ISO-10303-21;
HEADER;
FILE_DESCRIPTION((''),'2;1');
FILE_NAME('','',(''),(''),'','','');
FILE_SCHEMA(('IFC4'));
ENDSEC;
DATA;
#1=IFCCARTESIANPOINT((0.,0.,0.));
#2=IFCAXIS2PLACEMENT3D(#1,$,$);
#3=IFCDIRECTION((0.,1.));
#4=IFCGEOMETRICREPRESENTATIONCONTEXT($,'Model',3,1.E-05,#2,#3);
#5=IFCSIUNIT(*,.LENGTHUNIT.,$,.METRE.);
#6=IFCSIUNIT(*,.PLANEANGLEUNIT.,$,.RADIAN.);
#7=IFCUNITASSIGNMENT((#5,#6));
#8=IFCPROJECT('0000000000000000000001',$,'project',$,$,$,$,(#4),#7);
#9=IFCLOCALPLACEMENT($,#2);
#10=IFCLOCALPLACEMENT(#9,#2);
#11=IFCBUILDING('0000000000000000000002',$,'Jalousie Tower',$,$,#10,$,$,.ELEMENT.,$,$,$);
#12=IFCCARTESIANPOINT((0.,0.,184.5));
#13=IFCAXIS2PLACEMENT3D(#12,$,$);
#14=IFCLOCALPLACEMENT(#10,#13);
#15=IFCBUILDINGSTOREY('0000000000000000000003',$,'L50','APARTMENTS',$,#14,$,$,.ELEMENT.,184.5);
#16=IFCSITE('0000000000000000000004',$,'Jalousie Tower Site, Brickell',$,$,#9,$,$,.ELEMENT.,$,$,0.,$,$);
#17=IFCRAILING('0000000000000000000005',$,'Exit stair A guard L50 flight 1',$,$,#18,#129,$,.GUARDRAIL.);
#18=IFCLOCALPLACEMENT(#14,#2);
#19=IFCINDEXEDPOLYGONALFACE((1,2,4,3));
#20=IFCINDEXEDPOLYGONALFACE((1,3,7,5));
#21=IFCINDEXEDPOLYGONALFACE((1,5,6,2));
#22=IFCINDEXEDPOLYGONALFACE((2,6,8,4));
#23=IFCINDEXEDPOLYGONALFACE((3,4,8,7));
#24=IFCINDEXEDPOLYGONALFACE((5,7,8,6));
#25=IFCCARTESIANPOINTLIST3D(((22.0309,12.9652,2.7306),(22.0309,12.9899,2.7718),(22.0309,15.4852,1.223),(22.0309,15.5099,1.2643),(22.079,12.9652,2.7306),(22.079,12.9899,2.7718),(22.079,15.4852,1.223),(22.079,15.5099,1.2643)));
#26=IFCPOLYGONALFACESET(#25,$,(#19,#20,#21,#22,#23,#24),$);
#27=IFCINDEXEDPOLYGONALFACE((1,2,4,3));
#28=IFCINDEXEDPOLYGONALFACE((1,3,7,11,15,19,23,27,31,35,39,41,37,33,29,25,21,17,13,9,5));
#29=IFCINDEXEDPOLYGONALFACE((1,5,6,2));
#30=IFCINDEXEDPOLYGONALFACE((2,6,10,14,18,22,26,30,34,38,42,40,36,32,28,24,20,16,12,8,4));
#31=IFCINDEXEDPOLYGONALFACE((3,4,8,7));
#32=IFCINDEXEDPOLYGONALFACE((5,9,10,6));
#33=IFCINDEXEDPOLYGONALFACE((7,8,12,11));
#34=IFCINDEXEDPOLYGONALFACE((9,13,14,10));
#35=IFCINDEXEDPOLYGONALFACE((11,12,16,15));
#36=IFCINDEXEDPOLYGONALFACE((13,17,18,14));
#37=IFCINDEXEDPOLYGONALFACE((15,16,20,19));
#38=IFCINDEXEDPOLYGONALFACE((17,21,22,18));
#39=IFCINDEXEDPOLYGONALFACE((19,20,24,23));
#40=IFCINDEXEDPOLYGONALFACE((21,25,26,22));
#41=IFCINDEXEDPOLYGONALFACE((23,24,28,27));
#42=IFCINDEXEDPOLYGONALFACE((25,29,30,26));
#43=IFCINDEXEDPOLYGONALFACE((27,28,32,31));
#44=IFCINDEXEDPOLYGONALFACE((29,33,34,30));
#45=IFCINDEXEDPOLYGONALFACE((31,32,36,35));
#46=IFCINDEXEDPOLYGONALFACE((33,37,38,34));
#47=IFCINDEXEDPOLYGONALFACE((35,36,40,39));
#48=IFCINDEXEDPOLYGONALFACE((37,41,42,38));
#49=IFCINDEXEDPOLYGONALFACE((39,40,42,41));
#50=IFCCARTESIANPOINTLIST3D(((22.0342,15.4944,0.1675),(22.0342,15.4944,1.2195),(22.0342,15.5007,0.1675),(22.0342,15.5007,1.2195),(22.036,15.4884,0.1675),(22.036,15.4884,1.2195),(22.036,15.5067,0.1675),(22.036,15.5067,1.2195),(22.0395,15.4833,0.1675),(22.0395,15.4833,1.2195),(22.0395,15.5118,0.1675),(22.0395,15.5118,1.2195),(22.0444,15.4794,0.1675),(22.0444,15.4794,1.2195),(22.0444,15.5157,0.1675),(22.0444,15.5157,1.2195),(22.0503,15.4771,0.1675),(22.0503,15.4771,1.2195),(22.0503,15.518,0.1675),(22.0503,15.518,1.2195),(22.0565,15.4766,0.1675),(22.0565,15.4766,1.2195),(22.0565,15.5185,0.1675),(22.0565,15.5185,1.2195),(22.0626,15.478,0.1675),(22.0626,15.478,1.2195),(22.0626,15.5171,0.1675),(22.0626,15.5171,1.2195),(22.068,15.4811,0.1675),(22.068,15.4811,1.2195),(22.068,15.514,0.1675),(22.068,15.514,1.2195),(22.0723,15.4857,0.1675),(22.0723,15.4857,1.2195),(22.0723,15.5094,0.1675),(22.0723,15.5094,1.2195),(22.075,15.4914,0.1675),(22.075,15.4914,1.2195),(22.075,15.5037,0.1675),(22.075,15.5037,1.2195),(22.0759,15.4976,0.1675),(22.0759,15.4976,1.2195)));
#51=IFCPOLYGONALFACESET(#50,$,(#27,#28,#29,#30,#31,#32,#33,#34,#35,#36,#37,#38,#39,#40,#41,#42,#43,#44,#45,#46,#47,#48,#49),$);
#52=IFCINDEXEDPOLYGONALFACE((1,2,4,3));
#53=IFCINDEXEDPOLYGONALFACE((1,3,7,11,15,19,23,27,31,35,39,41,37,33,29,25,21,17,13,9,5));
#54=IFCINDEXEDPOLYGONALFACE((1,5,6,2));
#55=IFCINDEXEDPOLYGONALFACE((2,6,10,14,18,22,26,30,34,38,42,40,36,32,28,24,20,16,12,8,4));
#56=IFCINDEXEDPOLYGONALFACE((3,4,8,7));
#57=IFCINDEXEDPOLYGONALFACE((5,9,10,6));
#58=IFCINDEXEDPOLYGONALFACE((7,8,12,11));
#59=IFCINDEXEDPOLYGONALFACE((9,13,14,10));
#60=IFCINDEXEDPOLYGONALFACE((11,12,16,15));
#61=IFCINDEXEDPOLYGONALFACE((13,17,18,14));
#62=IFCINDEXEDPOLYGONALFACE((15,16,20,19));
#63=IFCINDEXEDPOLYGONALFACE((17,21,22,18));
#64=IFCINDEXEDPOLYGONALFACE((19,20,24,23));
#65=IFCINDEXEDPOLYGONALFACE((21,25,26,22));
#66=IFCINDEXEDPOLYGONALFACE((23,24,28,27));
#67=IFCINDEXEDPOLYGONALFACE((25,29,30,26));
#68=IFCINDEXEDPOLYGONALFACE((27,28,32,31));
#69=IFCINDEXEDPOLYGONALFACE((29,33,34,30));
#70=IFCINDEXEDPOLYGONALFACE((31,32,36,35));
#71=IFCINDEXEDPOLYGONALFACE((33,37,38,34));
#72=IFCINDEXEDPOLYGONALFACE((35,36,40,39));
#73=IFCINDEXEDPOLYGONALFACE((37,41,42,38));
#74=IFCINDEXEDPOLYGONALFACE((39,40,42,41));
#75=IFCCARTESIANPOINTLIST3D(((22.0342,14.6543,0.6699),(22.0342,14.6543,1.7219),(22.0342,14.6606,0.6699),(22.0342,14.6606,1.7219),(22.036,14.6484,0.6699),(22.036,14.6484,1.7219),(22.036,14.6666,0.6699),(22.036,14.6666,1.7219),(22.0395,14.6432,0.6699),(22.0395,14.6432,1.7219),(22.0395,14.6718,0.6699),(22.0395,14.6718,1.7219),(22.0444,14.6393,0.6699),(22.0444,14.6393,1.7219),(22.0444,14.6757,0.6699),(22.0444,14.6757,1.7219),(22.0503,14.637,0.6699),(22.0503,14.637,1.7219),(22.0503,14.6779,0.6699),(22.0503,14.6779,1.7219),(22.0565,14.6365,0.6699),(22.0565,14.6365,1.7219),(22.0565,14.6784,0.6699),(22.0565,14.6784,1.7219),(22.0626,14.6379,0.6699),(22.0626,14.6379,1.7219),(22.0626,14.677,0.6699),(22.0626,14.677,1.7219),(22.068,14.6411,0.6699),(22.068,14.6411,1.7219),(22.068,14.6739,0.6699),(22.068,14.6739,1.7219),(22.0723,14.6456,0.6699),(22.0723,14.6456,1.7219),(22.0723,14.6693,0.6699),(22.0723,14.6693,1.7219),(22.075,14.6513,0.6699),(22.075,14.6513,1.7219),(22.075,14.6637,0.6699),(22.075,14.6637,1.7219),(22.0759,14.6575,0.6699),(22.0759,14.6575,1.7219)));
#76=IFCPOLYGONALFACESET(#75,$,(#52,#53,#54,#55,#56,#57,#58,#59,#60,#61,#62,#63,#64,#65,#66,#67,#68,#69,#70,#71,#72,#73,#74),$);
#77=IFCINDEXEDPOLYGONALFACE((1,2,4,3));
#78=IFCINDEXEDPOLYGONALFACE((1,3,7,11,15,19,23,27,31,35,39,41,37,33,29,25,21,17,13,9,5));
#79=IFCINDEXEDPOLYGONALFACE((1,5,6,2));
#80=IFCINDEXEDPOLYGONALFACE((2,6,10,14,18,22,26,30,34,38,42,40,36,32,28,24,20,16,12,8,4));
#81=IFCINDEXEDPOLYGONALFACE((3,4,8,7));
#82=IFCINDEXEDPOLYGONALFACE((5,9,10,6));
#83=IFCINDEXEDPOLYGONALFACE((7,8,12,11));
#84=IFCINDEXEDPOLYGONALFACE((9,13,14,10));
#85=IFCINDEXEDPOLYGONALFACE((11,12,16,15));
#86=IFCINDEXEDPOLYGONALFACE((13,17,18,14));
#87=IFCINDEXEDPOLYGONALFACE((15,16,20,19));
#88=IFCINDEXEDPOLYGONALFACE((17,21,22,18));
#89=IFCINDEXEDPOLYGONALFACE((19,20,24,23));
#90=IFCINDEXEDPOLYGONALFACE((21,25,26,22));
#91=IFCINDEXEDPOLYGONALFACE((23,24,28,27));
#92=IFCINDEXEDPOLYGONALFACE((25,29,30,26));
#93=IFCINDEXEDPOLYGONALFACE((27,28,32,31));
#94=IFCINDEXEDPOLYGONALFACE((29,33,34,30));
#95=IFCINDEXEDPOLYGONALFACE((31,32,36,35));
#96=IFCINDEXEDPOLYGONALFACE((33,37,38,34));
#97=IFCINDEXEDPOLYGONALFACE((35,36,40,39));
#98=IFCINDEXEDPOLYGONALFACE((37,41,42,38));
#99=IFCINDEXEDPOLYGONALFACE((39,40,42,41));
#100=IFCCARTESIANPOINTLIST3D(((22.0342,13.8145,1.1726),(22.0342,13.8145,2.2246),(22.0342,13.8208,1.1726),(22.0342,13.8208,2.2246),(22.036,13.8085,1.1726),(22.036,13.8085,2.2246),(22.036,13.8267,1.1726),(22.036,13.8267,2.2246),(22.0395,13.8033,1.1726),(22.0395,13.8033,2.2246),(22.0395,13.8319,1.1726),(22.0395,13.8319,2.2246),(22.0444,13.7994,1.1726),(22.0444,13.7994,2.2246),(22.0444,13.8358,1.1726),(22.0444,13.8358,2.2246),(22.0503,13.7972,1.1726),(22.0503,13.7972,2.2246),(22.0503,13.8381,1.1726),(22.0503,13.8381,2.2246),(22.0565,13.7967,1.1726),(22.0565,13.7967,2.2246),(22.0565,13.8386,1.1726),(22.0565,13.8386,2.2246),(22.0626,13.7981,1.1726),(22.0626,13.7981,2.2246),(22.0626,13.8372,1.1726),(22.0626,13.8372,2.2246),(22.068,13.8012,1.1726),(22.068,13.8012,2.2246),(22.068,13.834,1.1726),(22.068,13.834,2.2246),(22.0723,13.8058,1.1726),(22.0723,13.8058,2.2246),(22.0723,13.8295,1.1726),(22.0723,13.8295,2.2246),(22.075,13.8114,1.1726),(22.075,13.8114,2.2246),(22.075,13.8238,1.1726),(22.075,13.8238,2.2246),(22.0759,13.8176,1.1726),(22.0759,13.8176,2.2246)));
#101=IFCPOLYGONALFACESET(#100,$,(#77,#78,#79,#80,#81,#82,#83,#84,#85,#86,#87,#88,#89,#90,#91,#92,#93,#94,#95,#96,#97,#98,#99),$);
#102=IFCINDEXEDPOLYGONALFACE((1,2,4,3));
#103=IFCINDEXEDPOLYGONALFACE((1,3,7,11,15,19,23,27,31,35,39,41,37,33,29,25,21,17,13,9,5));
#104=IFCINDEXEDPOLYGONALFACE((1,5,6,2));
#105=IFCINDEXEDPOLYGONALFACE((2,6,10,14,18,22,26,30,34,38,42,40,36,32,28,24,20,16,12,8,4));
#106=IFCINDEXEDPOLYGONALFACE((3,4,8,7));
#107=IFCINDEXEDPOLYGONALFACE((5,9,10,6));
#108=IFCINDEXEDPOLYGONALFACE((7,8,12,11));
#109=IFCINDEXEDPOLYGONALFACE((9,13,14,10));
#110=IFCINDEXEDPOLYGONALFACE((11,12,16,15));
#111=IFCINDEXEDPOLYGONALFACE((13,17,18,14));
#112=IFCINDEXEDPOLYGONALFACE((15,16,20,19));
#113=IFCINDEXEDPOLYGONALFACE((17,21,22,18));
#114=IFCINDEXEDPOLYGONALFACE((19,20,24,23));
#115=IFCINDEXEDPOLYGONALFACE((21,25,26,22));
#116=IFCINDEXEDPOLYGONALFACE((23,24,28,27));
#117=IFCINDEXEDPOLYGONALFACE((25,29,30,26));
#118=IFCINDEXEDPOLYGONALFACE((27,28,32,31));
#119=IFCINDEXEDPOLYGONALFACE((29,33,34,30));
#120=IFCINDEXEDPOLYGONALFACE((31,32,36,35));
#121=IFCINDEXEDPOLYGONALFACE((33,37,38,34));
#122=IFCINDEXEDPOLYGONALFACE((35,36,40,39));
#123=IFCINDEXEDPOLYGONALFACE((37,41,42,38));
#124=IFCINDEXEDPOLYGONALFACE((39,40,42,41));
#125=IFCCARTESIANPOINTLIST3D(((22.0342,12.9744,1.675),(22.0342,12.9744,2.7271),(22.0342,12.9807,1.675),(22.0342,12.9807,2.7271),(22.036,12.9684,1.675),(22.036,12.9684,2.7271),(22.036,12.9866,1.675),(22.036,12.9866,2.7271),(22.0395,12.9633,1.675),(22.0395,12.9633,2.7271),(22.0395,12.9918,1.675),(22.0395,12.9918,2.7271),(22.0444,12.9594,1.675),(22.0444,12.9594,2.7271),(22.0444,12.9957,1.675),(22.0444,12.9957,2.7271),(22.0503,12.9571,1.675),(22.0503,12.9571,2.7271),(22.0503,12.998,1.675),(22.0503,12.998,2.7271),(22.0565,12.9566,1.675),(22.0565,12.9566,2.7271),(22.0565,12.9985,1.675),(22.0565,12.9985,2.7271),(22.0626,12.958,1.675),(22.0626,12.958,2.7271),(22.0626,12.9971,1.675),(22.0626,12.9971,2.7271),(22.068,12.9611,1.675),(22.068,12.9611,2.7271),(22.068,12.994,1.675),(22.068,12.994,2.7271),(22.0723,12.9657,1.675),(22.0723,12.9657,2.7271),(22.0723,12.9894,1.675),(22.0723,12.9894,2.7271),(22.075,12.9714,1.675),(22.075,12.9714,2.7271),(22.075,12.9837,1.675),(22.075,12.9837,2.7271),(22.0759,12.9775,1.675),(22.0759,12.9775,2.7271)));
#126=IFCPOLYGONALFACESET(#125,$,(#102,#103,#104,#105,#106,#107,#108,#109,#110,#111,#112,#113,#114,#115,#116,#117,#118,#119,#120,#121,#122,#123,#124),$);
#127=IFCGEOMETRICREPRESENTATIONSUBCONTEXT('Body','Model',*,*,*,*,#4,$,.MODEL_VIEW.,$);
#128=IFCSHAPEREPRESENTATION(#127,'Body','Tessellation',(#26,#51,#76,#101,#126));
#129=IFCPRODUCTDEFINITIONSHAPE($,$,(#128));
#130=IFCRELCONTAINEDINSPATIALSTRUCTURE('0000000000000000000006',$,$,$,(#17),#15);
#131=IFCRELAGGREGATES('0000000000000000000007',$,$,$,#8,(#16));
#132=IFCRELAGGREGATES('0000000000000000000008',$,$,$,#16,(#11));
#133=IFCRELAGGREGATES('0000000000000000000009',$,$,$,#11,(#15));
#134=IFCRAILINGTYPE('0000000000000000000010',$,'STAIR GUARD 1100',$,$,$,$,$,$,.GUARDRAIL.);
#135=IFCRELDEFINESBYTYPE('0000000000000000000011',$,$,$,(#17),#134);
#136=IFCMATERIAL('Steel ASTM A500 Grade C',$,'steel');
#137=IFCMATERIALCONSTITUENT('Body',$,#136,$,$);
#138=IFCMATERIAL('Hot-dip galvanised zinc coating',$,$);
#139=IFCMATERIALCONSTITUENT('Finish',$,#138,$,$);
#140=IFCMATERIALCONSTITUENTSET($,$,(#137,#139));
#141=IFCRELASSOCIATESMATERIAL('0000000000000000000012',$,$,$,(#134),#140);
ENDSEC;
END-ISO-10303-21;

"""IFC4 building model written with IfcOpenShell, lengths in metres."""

from ifc_helpers import new_model, si_unit, direction, frame, origin, origin_2d, place, context, subcontext, project, spatial, rectangle, circle, extrude, material, constituent, constituent_set, type_object, element, save


model = new_model("IFC4")

# Units and contexts
model_context = context("Model", 3, precision=1e-05, world=origin(), true_north=direction((0.0, 1.0)))
body_context = subcontext(model_context, "Body", "Model", "MODEL_VIEW")
ifc_project = project(units=[si_unit("LENGTHUNIT", "METRE"), si_unit("PLANEANGLEUNIT", "RADIAN")], contexts=[model_context])

# Site, building, storey
site_placement = place(None, origin())
site = spatial("IfcSite", under=ifc_project, at=site_placement, Name="Jalousie Tower Site, Brickell", CompositionType="ELEMENT", RefElevation=0.0)
building_placement = place(site_placement, origin())
building = spatial("IfcBuilding", under=site, at=building_placement, Name="Jalousie Tower", CompositionType="ELEMENT")
storey_placement = place(building_placement, frame((0.0, 0.0, 184.5)))
storey = spatial("IfcBuildingStorey", under=building, at=storey_placement, Name="L50", Description="APARTMENTS", CompositionType="ELEMENT", Elevation=184.5)

# Railing
ifc_material_1 = material(Name="Steel ASTM A500 Grade C", Category="steel")
ifc_constituent_1 = constituent(ifc_material_1, Name="Body")
ifc_material_2 = material(Name="Hot-dip galvanised zinc coating")
ifc_constituent_2 = constituent(ifc_material_2, Name="Finish")
ifc_constituent_set_1 = constituent_set(constituents=[ifc_constituent_1, ifc_constituent_2])
railing_type_1 = type_object("IfcRailingType", Name="STAIR GUARD 1100", PredefinedType="GUARDRAIL", material=ifc_constituent_set_1)
railing_1_placement = place(storey_placement, frame((22.0549, 15.4976, 0.1675)))
element("IfcRailing", 1, at=railing_1_placement, inside=storey, type_object=railing_type_1, Name="Exit stair A guard L50 flight 1", PredefinedType="GUARDRAIL", context=body_context, shape_type="SweptSolid", body=[
    extrude(rectangle(XDim=0.0481, YDim=0.0481, at=origin_2d()), frame((0.0, 0.0, 1.0762), z_axis=(0.0, -0.85816, 0.513383), x_axis=(1.0, 0.0, 0.0)), (0.0, 0.0, 1.0), 2.9365),
    extrude(circle(Radius=0.021, at=origin_2d()), origin(), (0.0, 0.0, 1.0), 1.052),
    extrude(circle(Radius=0.021, at=origin_2d()), frame((0.0, -0.8401, 0.5024)), (0.0, 0.0, 1.0), 1.052),
    extrude(circle(Radius=0.021, at=origin_2d()), frame((0.0, -1.6799, 1.0051)), (0.0, 0.0, 1.0), 1.052),
    extrude(circle(Radius=0.021, at=origin_2d()), frame((0.0, -2.52, 1.5076)), (0.0, 0.0, 1.0), 1.052),
])

save(model, "model.ifc")
